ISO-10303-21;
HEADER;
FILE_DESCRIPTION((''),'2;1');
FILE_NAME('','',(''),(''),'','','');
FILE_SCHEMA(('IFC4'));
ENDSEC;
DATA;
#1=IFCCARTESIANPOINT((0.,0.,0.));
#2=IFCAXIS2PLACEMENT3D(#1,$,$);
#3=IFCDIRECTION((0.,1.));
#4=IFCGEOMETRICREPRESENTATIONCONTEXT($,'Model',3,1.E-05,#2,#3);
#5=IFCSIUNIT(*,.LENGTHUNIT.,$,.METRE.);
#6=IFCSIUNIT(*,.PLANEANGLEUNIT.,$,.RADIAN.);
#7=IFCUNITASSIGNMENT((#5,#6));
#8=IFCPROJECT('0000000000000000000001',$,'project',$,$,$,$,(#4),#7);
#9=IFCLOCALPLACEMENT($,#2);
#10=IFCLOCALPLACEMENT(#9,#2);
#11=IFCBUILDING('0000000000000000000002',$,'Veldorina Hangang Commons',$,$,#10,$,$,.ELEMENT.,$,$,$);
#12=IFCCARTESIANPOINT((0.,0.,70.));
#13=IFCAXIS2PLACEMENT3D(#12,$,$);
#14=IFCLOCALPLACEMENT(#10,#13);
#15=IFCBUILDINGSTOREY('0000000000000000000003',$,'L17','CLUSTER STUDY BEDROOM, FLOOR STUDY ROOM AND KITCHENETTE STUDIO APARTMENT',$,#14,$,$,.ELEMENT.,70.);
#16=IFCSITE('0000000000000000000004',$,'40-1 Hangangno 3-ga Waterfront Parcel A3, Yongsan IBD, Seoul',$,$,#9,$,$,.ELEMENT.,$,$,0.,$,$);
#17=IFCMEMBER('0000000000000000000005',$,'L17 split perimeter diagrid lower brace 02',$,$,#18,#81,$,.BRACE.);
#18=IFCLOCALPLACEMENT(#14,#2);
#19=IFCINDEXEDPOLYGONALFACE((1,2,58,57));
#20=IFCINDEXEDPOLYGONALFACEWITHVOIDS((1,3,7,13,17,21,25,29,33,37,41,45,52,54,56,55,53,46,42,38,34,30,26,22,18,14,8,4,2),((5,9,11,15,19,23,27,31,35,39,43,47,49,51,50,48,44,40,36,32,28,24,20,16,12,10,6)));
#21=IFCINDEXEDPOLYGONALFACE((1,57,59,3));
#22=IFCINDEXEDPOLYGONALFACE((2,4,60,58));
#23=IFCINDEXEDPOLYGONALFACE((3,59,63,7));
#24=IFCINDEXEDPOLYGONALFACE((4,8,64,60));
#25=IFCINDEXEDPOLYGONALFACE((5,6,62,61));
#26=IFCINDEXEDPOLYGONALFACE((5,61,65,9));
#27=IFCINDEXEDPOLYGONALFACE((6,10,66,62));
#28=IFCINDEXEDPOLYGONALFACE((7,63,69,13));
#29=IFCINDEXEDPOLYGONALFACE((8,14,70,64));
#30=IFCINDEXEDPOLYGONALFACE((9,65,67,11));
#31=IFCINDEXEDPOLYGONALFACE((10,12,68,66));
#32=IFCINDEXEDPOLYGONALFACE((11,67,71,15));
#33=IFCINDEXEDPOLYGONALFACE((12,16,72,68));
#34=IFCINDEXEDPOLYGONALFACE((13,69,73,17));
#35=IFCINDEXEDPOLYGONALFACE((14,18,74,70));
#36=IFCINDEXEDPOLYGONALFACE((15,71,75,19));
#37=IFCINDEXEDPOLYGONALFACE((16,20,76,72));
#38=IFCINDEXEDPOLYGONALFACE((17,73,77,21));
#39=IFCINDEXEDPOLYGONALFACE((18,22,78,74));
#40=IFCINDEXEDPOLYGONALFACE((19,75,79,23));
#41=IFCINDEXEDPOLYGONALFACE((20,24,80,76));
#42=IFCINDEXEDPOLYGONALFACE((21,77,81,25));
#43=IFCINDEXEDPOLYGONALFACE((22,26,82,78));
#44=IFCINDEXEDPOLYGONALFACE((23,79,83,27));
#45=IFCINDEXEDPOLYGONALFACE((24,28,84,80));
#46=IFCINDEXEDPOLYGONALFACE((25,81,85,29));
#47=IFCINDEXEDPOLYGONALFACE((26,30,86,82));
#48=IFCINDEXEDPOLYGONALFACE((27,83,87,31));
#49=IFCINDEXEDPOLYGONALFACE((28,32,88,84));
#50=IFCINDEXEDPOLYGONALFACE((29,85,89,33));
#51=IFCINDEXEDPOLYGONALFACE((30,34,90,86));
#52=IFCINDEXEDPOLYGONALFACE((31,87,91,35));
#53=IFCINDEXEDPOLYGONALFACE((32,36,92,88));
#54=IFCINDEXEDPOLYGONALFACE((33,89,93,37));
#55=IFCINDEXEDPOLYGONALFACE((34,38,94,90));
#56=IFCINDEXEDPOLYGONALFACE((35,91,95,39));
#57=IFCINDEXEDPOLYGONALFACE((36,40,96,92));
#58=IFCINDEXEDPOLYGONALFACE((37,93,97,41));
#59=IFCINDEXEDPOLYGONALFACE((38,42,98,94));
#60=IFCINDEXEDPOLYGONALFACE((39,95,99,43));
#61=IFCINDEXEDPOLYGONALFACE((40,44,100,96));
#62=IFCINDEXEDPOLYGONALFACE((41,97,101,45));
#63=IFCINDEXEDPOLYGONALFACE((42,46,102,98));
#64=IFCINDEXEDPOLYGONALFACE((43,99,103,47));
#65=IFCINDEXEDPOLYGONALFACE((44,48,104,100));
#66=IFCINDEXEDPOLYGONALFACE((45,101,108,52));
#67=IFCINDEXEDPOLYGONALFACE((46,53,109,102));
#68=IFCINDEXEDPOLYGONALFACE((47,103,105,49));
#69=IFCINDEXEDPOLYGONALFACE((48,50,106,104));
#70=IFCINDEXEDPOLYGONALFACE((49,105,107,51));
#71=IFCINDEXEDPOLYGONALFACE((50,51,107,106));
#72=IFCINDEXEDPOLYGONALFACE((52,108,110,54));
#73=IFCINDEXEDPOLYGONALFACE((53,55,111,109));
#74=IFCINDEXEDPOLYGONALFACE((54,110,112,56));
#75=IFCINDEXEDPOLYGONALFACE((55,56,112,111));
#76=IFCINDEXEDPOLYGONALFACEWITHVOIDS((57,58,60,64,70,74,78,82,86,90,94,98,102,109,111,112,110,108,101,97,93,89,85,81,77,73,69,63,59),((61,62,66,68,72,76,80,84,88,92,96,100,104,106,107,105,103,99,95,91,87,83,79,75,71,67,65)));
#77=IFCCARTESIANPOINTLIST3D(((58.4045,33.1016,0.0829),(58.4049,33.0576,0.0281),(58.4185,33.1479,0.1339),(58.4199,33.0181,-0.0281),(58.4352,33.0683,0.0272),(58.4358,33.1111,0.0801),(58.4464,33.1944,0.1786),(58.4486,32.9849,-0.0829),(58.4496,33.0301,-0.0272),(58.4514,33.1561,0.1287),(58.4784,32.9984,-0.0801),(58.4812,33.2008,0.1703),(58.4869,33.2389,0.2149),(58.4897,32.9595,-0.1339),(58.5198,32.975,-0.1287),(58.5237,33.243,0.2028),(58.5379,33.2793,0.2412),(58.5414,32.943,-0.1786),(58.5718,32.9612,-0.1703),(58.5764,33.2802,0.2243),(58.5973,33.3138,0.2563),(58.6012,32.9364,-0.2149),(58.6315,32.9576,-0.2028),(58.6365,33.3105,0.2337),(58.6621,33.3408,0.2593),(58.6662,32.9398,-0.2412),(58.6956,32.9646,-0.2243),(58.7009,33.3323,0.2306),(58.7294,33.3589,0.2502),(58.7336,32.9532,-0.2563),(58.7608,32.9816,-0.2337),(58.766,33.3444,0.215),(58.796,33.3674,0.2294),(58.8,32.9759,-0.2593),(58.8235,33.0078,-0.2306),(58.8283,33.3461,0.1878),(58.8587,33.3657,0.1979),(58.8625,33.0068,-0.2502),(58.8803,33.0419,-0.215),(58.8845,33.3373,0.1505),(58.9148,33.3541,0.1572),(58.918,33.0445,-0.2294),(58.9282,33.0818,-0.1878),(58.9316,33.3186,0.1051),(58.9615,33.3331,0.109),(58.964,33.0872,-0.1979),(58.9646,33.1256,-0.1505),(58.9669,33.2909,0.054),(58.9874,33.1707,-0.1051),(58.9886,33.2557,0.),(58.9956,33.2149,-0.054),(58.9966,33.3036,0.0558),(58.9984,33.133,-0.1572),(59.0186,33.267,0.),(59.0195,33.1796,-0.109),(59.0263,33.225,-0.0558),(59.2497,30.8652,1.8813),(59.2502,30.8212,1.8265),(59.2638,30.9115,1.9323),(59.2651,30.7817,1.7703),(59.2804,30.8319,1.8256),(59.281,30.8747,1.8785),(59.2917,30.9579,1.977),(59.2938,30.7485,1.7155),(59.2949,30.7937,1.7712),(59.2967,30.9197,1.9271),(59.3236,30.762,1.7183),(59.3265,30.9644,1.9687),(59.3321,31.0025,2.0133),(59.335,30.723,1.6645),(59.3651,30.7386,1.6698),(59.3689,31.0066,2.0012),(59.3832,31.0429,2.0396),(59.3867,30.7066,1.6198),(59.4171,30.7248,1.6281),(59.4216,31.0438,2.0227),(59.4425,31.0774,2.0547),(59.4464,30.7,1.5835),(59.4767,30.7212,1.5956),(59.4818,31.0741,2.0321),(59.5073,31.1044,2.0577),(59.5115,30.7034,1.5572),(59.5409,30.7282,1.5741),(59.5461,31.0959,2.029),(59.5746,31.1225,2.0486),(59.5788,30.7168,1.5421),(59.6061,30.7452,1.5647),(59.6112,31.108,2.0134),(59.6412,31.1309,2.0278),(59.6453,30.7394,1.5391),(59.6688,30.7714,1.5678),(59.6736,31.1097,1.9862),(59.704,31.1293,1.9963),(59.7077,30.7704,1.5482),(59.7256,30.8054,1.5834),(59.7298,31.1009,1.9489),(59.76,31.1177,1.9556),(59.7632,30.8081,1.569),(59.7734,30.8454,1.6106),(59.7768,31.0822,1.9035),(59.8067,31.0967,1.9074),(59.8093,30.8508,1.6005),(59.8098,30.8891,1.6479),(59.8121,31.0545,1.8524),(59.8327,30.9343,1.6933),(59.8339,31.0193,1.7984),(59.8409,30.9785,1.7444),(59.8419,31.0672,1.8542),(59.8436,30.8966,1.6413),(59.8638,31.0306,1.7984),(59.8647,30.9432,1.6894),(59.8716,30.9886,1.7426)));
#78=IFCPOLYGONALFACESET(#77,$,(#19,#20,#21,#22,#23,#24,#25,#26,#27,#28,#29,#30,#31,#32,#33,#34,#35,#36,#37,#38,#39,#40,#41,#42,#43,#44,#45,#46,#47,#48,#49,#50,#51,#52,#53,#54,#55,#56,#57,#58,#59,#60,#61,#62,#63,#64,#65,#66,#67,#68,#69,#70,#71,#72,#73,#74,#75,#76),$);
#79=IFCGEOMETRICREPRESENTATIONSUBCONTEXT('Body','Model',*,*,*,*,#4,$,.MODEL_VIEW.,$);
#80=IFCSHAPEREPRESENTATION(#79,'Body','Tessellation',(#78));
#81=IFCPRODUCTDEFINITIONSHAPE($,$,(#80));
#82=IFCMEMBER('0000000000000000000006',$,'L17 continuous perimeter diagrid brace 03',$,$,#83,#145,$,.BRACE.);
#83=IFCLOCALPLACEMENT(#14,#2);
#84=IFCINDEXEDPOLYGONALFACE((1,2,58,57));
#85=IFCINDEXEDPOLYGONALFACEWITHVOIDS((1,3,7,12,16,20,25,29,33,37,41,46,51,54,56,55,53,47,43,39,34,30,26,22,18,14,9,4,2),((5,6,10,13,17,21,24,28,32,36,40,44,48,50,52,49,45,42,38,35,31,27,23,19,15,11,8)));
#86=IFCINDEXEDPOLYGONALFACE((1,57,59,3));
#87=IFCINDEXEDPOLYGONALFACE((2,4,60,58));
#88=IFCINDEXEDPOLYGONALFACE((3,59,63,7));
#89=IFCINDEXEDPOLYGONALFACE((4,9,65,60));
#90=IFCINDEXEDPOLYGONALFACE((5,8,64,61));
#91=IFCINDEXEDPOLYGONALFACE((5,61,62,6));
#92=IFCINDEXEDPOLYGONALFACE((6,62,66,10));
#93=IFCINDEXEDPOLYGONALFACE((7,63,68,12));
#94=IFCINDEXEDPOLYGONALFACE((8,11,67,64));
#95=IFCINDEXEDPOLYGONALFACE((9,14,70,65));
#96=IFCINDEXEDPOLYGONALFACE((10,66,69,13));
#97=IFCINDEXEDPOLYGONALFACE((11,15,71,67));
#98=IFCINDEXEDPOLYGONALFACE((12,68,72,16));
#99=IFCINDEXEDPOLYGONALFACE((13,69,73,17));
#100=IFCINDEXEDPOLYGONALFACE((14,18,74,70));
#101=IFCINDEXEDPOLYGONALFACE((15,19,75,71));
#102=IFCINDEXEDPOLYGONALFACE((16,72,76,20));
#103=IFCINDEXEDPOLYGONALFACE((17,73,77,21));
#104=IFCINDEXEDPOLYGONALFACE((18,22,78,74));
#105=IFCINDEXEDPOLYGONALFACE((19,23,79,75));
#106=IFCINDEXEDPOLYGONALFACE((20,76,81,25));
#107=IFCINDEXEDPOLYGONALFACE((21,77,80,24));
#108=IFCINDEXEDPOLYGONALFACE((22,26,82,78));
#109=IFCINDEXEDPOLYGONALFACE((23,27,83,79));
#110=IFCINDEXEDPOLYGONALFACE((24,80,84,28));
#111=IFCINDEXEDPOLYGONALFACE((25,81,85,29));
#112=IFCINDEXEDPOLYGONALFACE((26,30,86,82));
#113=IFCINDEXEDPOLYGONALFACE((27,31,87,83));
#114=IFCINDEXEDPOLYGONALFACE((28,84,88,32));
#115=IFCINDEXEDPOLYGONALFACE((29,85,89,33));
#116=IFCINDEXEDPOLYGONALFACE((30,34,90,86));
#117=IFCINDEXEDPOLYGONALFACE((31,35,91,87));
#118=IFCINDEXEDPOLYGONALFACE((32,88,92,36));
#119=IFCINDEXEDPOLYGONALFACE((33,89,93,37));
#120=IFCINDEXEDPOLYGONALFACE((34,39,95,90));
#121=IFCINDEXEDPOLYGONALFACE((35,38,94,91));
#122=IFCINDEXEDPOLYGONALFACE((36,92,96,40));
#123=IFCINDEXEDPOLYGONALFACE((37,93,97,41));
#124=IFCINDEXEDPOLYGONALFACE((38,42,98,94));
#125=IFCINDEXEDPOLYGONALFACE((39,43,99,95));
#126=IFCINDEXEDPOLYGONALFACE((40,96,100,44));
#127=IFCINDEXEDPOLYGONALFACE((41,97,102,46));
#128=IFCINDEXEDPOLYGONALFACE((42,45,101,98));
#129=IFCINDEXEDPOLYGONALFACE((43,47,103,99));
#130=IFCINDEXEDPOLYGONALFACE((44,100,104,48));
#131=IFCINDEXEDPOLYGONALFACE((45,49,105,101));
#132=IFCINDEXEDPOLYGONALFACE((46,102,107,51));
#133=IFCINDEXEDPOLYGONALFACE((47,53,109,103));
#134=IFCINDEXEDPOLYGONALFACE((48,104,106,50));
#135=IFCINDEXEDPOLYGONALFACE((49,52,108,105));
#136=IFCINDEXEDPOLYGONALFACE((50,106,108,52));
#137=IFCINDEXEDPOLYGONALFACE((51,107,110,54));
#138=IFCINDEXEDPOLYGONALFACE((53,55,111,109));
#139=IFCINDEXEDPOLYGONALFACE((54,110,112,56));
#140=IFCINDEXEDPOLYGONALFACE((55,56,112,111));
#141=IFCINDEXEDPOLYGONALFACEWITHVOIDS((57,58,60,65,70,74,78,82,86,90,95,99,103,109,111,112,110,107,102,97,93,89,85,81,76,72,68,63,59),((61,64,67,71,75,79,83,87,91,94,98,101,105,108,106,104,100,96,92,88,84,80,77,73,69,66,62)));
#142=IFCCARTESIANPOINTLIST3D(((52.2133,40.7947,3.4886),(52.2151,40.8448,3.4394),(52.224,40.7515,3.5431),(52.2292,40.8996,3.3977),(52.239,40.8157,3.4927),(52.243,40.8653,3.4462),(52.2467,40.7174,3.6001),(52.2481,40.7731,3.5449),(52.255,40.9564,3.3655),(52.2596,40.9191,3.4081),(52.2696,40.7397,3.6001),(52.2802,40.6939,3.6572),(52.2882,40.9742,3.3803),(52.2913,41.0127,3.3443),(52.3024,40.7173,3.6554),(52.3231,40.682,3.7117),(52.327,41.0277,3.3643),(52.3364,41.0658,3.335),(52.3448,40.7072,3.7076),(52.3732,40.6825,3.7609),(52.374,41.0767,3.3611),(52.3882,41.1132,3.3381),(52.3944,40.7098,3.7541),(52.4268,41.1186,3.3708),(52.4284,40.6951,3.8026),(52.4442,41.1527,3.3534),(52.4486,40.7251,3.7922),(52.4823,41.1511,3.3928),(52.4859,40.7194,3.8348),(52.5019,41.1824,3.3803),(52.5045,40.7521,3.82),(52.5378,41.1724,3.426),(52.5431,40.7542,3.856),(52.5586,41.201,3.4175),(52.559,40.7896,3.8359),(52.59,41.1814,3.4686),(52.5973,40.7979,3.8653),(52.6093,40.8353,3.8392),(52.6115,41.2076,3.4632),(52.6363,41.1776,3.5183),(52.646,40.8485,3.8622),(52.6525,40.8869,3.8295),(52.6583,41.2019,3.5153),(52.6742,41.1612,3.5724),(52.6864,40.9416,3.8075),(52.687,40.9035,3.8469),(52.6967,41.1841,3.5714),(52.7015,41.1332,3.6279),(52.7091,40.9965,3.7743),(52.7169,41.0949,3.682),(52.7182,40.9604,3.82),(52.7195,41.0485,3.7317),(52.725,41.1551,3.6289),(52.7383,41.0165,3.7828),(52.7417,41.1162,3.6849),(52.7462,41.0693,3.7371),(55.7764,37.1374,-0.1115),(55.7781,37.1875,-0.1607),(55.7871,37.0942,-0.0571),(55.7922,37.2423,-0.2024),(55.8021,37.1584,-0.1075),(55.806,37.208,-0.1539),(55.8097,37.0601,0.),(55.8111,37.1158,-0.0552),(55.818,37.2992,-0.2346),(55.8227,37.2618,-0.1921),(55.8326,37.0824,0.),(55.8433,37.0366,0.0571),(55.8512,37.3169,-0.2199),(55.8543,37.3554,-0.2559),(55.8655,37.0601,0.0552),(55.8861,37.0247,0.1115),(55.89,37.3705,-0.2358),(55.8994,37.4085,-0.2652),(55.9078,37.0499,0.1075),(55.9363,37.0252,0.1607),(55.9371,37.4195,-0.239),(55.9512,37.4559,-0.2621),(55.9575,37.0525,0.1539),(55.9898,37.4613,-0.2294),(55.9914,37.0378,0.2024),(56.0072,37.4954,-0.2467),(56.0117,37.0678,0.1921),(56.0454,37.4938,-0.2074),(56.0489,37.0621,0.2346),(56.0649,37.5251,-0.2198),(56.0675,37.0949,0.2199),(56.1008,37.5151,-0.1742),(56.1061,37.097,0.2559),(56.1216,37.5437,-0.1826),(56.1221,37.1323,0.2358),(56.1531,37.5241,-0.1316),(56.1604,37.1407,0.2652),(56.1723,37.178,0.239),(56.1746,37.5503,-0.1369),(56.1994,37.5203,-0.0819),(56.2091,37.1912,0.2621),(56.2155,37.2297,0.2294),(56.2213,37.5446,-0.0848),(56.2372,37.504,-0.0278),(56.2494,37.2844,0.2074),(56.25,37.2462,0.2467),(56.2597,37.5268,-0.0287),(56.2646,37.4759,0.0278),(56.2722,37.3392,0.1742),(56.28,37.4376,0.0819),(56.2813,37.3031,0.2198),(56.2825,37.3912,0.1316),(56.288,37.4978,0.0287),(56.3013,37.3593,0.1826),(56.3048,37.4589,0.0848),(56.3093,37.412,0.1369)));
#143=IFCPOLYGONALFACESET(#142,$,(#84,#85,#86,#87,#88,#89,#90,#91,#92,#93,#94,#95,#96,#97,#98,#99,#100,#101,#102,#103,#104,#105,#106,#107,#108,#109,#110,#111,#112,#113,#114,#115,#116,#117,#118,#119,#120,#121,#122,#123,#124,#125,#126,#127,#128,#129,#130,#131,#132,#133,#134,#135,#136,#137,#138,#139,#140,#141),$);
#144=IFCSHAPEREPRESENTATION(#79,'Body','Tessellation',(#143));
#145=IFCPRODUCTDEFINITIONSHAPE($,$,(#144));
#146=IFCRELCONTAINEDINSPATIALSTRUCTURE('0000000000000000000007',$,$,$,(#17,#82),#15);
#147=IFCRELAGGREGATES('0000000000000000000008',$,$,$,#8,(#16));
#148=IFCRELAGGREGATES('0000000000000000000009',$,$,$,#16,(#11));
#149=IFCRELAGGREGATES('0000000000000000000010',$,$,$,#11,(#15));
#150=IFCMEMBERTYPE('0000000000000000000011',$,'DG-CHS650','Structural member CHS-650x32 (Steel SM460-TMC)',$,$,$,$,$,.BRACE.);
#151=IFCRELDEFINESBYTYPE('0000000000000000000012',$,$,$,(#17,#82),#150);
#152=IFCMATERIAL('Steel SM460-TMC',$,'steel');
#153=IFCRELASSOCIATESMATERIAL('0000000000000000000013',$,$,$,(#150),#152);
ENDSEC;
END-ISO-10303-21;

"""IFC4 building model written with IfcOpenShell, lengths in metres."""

from ifc_helpers import new_model, si_unit, direction, frame, origin, origin_2d, place, context, subcontext, project, spatial, hollow_circle, extrude, material, material_profile, profile_set, type_object, element, save


model = new_model("IFC4")

# Units and contexts
model_context = context("Model", 3, precision=1e-05, world=origin(), true_north=direction((0.0, 1.0)))
body_context = subcontext(model_context, "Body", "Model", "MODEL_VIEW")
ifc_project = project(units=[si_unit("LENGTHUNIT", "METRE"), si_unit("PLANEANGLEUNIT", "RADIAN")], contexts=[model_context])

# Site, building, storey
site_placement = place(None, origin())
site = spatial("IfcSite", under=ifc_project, at=site_placement, Name="40-1 Hangangno 3-ga Waterfront Parcel A3, Yongsan IBD, Seoul", CompositionType="ELEMENT", RefElevation=0.0)
building_placement = place(site_placement, origin())
building = spatial("IfcBuilding", under=site, at=building_placement, Name="Veldorina Hangang Commons", CompositionType="ELEMENT")
storey_placement = place(building_placement, frame((0.0, 0.0, 70.0)))
storey = spatial("IfcBuildingStorey", under=building, at=storey_placement, Name="L17", Description="CLUSTER STUDY BEDROOM, FLOOR STUDY ROOM AND KITCHENETTE STUDIO APARTMENT", CompositionType="ELEMENT", Elevation=70.0)

# Members
ifc_material_1 = material(Name="Steel SM460-TMC", Category="steel")
ifc_material_profile_1 = material_profile(ifc_material_1, hollow_circle(Radius=0.325, WallThickness=0.032, at=origin_2d()), Name="CHS-650x32")
ifc_profile_set_1 = profile_set([ifc_material_profile_1], Name="Steel SM460-TMC")
member_type = type_object("IfcMemberType", Name="DG-CHS650", Description="Structural member CHS-650x32 (Steel SM460-TMC)", PredefinedType="BRACE", material=ifc_profile_set_1)
member_1_placement = place(storey_placement, frame((58.7146, 33.1521, 0.0), z_axis=(0.282531, -0.74754, 0.601133), x_axis=(0.93542, 0.35354, 0.0)))
element("IfcMember", 1, at=member_1_placement, inside=storey, type_object=member_type, Name="L17 split perimeter diagrid lower brace 02", PredefinedType="BRACE", context=body_context, shape_type="SweptSolid", body=[
    extrude(hollow_circle(Radius=0.325, WallThickness=0.032, at=origin_2d()), origin(), (0.0, 0.0, 1.0), 2.9917),
])
member_2_placement = place(storey_placement, frame((56.0425, 37.2869, 0.0), z_axis=(-0.570309, 0.585393, 0.576249), x_axis=(-0.716275, -0.697818, 0.0)))
element("IfcMember", 2, at=member_2_placement, inside=storey, type_object=member_type, Name="L17 continuous perimeter diagrid brace 03", PredefinedType="BRACE", context=body_context, shape_type="SweptSolid", body=[
    extrude(hollow_circle(Radius=0.325, WallThickness=0.032, at=origin_2d()), origin(), (0.0, 0.0, 1.0), 6.2476),
])

save(model, "model.ifc")
